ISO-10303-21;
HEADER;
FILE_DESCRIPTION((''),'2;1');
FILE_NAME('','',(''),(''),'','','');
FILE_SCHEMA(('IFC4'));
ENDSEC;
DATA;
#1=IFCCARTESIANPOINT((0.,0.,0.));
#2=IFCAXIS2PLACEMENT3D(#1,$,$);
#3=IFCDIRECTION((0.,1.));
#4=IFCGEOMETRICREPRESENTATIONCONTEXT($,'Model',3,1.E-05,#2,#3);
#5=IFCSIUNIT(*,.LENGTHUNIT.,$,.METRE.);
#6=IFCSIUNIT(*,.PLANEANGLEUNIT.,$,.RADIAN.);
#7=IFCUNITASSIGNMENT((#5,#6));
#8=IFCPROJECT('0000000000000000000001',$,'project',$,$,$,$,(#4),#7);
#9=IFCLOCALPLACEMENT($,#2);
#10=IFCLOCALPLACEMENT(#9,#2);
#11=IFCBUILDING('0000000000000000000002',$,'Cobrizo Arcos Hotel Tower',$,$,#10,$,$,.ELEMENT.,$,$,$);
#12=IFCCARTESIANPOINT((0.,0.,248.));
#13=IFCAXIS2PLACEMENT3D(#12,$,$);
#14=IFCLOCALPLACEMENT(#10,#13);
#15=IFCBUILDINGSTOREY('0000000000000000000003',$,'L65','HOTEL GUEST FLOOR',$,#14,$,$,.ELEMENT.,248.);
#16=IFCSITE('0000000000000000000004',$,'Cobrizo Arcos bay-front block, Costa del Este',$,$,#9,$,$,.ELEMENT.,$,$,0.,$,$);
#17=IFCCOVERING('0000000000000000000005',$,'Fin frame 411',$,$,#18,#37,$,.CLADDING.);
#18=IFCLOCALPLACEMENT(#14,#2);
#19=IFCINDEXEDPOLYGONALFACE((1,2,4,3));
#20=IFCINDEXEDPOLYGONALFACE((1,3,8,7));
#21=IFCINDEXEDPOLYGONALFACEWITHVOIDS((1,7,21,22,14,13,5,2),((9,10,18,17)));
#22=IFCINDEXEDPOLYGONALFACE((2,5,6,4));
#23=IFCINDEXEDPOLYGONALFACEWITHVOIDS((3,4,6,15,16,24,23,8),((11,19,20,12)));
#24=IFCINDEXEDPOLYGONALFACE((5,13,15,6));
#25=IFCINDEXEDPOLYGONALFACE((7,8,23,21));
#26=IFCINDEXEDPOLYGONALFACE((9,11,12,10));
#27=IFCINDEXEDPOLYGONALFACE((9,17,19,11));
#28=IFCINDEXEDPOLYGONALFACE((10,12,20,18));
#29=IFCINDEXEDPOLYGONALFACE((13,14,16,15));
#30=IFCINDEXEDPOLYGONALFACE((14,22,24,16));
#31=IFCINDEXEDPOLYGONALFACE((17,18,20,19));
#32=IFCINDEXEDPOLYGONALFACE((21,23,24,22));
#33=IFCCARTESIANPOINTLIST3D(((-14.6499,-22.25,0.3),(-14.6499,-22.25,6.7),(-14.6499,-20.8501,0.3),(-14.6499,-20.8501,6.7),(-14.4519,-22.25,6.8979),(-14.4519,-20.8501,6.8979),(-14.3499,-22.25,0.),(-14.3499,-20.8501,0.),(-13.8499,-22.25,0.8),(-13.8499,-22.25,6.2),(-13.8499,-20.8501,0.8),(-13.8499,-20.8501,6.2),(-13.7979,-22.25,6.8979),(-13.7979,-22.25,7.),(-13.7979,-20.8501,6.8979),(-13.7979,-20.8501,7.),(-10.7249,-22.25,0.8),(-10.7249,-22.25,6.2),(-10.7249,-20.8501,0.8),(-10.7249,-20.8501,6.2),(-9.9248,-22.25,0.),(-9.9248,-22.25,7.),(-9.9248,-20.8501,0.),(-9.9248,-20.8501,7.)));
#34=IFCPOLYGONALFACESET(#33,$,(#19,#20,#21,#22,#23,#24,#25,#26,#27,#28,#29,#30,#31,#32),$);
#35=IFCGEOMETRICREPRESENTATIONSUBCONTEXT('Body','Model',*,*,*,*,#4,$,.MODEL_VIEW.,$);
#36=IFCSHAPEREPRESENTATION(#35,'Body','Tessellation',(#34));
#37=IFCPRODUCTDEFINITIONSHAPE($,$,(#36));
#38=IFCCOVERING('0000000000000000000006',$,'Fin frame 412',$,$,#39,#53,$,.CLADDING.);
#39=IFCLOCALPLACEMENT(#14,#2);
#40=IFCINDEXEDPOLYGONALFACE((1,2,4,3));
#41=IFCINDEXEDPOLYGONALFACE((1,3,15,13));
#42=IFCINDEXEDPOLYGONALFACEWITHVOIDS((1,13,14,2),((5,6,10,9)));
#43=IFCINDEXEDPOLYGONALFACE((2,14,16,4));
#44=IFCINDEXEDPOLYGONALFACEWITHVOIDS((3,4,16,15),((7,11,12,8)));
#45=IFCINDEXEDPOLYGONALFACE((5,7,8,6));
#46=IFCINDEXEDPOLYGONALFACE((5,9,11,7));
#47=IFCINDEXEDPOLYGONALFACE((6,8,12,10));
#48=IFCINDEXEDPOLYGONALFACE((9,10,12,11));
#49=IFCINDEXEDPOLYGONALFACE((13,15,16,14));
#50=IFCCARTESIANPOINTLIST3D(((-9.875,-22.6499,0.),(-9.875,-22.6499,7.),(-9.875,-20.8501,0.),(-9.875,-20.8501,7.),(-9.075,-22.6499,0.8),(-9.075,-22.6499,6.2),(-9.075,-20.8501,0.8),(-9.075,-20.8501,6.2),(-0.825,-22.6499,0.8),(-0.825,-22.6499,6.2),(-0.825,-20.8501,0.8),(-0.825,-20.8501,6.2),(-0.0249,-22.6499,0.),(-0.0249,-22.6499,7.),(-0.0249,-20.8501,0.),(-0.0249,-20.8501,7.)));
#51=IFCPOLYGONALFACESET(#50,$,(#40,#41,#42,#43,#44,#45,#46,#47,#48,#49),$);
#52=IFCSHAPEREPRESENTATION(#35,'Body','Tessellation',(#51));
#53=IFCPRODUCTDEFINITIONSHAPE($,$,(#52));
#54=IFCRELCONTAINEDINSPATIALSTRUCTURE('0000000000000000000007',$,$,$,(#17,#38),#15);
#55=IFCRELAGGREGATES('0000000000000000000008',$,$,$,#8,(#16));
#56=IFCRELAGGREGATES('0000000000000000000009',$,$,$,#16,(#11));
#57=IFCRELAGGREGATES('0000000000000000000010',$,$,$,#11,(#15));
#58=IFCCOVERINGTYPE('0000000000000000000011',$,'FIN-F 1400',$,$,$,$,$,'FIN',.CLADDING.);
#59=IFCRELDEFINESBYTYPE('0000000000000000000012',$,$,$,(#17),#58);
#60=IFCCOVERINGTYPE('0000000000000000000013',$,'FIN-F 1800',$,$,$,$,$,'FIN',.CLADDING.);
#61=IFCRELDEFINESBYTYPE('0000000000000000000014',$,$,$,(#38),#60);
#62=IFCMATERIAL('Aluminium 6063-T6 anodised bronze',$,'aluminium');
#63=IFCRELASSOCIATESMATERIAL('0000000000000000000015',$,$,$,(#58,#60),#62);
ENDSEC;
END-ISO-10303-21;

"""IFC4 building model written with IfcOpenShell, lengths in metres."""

from ifc_helpers import new_model, si_unit, direction, frame, origin, place, context, subcontext, project, spatial, polyline, outline, extrude, material, type_object, element, save


model = new_model("IFC4")

# Units and contexts
model_context = context("Model", 3, precision=1e-05, world=origin(), true_north=direction((0.0, 1.0)))
body_context = subcontext(model_context, "Body", "Model", "MODEL_VIEW")
ifc_project = project(units=[si_unit("LENGTHUNIT", "METRE"), si_unit("PLANEANGLEUNIT", "RADIAN")], contexts=[model_context])

# Site, building, storey
site_placement = place(None, origin())
site = spatial("IfcSite", under=ifc_project, at=site_placement, Name="Cobrizo Arcos bay-front block, Costa del Este", CompositionType="ELEMENT", RefElevation=0.0)
building_placement = place(site_placement, origin())
building = spatial("IfcBuilding", under=site, at=building_placement, Name="Cobrizo Arcos Hotel Tower", CompositionType="ELEMENT")
storey_placement = place(building_placement, frame((0.0, 0.0, 248.0)))
storey = spatial("IfcBuildingStorey", under=building, at=storey_placement, Name="L65", Description="HOTEL GUEST FLOOR", CompositionType="ELEMENT", Elevation=248.0)

# Shared definitions
ifc_material_1 = material(Name="Aluminium 6063-T6 anodised bronze", Category="aluminium")

# Coverings
covering_type_1 = type_object("IfcCoveringType", Name="FIN-F 1400", ElementType="FIN", PredefinedType="CLADDING", material=ifc_material_1)
covering_1_placement = place(storey_placement, frame((-14.6499, -20.8501, 0.0), z_axis=(0.0, -1.0, 0.0), x_axis=(1.0, 0.0, 0.0)))
element("IfcCovering", 1, at=covering_1_placement, inside=storey, type_object=covering_type_1, Name="Fin frame 411", PredefinedType="CLADDING", context=body_context, shape_type="SweptSolid", body=[
    extrude(outline(polyline([(4.7251, 7.0), (0.8521, 7.0), (0.8521, 6.8979), (0.198, 6.8979), (0.0, 6.7), (0.0, 0.3), (0.3, 0.0), (4.7251, 0.0), (4.7251, 7.0)]), holes=[polyline([(3.925, 0.8), (0.8, 0.8), (0.8, 6.2), (3.925, 6.2), (3.925, 0.8)])]), origin(), (0.0, 0.0, 1.0), 1.3999),
])
covering_type_2 = type_object("IfcCoveringType", Name="FIN-F 1800", ElementType="FIN", PredefinedType="CLADDING", material=ifc_material_1)
covering_2_placement = place(storey_placement, frame((-9.875, -20.8501, 0.0), z_axis=(0.0, -1.0, 0.0), x_axis=(1.0, 0.0, 0.0)))
element("IfcCovering", 2, at=covering_2_placement, inside=storey, type_object=covering_type_2, Name="Fin frame 412", PredefinedType="CLADDING", context=body_context, shape_type="SweptSolid", body=[
    extrude(outline(polyline([(0.0, 7.0), (0.0, 0.0), (9.8501, 0.0), (9.8501, 7.0), (0.0, 7.0)]), holes=[polyline([(9.05, 0.8), (0.8, 0.8), (0.8, 6.2), (9.05, 6.2), (9.05, 0.8)])]), origin(), (0.0, 0.0, 1.0), 1.7998),
])

save(model, "model.ifc")
